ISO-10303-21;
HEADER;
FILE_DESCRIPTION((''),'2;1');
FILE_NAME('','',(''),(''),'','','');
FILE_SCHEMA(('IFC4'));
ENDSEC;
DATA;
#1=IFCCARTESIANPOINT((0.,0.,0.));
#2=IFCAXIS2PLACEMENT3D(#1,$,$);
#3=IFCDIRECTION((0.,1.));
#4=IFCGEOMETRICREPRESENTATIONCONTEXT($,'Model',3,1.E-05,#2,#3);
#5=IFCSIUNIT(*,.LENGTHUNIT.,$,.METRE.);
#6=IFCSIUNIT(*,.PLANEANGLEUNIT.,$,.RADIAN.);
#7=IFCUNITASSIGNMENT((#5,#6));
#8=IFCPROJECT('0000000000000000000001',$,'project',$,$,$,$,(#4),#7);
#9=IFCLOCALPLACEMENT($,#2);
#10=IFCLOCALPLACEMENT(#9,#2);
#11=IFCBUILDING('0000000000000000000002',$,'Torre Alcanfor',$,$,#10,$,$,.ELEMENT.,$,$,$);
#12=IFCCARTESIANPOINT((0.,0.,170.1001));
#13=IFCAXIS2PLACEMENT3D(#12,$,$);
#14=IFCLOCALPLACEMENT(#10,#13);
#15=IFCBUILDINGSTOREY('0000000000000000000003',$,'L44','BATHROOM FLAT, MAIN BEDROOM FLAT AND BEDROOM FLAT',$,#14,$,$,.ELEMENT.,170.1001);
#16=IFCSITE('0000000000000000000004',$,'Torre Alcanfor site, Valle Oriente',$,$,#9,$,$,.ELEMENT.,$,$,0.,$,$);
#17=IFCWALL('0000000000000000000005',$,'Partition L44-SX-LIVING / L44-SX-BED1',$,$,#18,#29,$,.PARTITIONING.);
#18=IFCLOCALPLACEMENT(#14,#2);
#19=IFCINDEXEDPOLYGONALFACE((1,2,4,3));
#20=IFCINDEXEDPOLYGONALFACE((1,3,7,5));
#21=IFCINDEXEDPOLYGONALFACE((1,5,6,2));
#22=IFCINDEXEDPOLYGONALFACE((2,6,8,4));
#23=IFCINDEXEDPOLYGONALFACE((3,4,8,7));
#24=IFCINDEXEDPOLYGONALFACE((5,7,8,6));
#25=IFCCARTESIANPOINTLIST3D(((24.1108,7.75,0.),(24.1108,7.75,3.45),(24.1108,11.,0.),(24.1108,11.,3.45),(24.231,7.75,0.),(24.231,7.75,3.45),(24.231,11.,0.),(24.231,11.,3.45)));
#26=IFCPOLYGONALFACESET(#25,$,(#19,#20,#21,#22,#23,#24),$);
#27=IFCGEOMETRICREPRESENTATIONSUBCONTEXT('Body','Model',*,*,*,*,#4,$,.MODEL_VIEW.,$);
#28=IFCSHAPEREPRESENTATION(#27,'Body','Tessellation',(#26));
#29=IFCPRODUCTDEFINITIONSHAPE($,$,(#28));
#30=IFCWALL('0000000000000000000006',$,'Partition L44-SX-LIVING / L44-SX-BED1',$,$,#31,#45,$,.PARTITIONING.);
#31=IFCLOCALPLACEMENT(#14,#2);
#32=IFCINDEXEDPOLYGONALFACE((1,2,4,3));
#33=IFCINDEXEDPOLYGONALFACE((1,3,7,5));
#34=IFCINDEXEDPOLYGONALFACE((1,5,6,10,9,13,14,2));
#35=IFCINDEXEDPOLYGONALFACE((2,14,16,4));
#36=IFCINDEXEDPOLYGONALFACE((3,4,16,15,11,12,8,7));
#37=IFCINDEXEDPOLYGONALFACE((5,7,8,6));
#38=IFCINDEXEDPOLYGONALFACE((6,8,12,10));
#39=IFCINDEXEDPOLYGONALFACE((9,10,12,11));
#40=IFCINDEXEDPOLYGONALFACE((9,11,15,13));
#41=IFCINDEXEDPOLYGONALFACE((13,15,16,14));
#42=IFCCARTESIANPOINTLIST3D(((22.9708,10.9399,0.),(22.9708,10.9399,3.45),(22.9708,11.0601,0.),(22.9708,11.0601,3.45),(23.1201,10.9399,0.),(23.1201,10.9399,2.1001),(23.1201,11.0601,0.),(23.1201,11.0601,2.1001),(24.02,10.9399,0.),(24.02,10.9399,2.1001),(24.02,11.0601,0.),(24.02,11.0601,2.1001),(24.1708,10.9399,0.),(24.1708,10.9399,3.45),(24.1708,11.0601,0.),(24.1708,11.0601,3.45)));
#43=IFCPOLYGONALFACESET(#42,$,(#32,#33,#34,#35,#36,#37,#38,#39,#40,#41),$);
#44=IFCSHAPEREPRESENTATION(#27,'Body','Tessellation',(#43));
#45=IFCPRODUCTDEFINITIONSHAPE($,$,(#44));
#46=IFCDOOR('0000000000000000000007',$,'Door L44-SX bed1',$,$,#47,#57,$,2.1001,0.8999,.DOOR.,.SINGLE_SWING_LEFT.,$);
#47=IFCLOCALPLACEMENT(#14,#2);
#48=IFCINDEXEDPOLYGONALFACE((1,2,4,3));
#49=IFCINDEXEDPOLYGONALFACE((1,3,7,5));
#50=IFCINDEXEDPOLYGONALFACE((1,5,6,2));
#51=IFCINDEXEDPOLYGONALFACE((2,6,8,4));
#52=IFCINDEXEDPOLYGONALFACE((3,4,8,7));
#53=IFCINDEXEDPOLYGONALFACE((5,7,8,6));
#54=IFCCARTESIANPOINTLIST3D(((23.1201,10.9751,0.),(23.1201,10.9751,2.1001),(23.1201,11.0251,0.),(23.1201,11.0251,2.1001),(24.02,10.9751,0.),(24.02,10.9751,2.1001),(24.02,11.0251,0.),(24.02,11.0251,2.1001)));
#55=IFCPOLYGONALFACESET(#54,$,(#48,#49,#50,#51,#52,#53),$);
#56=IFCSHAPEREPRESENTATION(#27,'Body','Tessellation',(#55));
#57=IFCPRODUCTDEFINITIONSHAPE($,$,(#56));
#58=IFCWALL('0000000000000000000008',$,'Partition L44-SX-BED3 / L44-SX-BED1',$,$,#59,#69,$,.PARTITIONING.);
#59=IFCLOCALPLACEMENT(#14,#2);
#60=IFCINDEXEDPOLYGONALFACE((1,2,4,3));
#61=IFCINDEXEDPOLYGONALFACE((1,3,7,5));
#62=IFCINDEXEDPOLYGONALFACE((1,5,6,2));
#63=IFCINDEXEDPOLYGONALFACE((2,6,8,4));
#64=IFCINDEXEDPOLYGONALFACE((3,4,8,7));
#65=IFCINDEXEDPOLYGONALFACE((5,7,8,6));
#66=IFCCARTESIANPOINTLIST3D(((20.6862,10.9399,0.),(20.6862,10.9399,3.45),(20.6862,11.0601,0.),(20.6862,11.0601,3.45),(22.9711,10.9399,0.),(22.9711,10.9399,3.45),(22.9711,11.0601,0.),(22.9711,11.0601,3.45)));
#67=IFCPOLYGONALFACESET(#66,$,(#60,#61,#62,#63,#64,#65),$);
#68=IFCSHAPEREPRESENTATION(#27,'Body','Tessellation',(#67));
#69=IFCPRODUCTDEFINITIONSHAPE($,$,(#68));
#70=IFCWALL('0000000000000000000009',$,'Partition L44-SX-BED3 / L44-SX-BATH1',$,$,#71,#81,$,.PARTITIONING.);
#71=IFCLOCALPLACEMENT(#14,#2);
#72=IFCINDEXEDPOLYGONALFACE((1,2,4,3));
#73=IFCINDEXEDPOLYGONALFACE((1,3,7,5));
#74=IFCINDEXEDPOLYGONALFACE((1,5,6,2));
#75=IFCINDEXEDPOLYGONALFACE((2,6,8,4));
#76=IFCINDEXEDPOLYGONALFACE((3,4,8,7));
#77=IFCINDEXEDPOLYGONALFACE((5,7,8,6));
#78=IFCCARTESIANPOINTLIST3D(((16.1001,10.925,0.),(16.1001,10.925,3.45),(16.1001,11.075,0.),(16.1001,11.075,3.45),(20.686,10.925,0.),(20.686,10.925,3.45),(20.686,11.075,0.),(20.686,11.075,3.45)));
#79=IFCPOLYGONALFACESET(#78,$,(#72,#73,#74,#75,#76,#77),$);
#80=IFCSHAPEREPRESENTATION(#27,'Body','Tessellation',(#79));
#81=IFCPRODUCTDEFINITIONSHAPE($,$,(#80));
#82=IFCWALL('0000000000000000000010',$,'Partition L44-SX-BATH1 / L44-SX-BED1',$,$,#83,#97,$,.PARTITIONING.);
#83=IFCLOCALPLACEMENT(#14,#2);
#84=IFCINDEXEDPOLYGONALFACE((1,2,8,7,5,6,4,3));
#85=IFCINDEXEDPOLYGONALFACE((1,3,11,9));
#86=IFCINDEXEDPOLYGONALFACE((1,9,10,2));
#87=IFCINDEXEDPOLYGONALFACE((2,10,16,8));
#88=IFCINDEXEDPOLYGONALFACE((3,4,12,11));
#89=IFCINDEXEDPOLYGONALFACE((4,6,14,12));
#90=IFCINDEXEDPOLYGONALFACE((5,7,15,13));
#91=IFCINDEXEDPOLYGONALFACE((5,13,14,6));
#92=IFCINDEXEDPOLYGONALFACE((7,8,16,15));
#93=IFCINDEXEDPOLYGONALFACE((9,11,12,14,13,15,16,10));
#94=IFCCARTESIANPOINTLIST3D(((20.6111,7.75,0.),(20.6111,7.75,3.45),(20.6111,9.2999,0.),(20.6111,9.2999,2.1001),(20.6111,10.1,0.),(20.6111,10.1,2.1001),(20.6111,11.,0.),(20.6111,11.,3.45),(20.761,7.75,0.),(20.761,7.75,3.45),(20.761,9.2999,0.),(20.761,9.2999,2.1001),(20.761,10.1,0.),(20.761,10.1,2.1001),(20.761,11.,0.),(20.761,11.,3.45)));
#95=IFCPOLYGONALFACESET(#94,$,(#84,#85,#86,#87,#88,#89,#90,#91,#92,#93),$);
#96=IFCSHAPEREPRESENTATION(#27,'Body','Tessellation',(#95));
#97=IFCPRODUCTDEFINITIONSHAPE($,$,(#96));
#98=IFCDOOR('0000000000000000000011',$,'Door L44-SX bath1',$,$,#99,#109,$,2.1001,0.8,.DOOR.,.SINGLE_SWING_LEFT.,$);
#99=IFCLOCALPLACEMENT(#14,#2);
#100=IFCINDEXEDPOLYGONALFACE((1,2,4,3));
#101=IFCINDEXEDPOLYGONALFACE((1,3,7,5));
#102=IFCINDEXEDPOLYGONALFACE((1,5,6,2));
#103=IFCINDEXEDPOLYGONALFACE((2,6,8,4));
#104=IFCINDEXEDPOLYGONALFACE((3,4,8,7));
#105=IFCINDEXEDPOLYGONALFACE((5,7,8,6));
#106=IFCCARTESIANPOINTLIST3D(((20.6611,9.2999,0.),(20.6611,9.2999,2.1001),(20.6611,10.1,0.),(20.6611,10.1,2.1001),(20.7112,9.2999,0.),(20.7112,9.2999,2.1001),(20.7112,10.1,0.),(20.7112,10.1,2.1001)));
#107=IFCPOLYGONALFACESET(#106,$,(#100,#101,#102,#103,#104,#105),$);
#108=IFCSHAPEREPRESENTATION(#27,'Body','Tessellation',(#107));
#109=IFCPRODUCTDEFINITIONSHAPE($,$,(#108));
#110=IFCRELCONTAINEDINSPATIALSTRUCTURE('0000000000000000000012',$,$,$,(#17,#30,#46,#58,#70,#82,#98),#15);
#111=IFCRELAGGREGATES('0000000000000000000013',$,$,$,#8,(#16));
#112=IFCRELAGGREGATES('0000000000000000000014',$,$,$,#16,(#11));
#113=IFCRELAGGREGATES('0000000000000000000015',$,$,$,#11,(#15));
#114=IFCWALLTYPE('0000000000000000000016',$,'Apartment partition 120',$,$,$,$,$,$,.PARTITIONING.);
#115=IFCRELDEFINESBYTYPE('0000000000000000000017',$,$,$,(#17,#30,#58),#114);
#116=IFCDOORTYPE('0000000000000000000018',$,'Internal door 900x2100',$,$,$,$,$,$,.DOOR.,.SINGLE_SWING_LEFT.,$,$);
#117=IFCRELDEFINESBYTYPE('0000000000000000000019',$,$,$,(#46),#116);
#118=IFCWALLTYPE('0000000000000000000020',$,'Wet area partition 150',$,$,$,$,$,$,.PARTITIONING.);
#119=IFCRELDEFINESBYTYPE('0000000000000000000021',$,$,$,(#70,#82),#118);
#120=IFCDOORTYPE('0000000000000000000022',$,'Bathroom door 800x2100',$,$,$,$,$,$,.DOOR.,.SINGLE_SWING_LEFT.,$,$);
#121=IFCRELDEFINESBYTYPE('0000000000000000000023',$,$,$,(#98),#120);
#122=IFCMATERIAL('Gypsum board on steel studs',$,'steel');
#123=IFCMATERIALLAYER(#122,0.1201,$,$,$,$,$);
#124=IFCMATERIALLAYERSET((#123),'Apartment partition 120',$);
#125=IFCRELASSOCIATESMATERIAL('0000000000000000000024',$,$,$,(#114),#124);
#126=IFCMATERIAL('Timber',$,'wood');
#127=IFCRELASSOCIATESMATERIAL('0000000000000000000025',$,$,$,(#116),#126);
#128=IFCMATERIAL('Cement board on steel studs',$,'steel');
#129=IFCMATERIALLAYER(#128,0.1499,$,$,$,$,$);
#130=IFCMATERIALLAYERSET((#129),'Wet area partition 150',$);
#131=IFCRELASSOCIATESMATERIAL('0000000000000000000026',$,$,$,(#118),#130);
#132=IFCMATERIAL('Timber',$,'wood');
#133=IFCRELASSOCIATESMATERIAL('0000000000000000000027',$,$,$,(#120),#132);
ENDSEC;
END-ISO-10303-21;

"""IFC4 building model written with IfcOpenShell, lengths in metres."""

from ifc_helpers import new_model, si_unit, direction, frame, frame_2d, origin, place, context, subcontext, project, spatial, rectangle, extrude, material, layer, layer_set, type_object, element, fill, save


model = new_model("IFC4")

# Units and contexts
model_context = context("Model", 3, precision=1e-05, world=origin(), true_north=direction((0.0, 1.0)))
body_context = subcontext(model_context, "Body", "Model", "MODEL_VIEW")
ifc_project = project(units=[si_unit("LENGTHUNIT", "METRE"), si_unit("PLANEANGLEUNIT", "RADIAN")], contexts=[model_context])

# Site, building, storey
site_placement = place(None, origin())
site = spatial("IfcSite", under=ifc_project, at=site_placement, Name="Torre Alcanfor site, Valle Oriente", CompositionType="ELEMENT", RefElevation=0.0)
building_placement = place(site_placement, origin())
building = spatial("IfcBuilding", under=site, at=building_placement, Name="Torre Alcanfor", CompositionType="ELEMENT")
storey_placement = place(building_placement, frame((0.0, 0.0, 170.1001)))
storey = spatial("IfcBuildingStorey", under=building, at=storey_placement, Name="L44", Description="BATHROOM FLAT, MAIN BEDROOM FLAT AND BEDROOM FLAT", CompositionType="ELEMENT", Elevation=170.1001)

# Shared definitions
ifc_material_1 = material(Name="Gypsum board on steel studs", Category="steel")
ifc_layer_1 = layer(ifc_material_1, 0.1201)
ifc_layer_set_1 = layer_set([ifc_layer_1], Name="Apartment partition 120")
wall_type_1 = type_object("IfcWallType", Name="Apartment partition 120", PredefinedType="PARTITIONING", material=ifc_layer_set_1)

# Shared definitions
ifc_material_2 = material(Name="Timber", Category="wood")
door_type_1 = type_object("IfcDoorType", Name="Internal door 900x2100", OperationType="SINGLE_SWING_LEFT", PredefinedType="DOOR", material=ifc_material_2)

# Wall
wall_1_placement = place(storey_placement, frame((24.1709, 7.75, 0.0), z_axis=(0.0, 0.0, 1.0), x_axis=(0.0, 1.0, 0.0)))
element("IfcWall", 1, at=wall_1_placement, inside=storey, type_object=wall_type_1, Name="Partition L44-SX-LIVING / L44-SX-BED1", PredefinedType="PARTITIONING", context=body_context, shape_type="SweptSolid", body=[
    extrude(rectangle(XDim=3.25, YDim=0.1201, at=frame_2d((1.625, 0.0))), origin(), (0.0, 0.0, 1.0), 3.45),
])

# Wall, opening, door
wall_2_placement = place(storey_placement, frame((24.1709, 11.0, 0.0), z_axis=(0.0, 0.0, 1.0), x_axis=(-1.0, 0.0, 0.0)))
wall_2 = element("IfcWall", 2, at=wall_2_placement, inside=storey, type_object=wall_type_1, Name="Partition L44-SX-LIVING / L44-SX-BED1", PredefinedType="PARTITIONING", context=body_context, shape_type="SweptSolid", body=[
    extrude(rectangle(XDim=1.2, YDim=0.1201, at=frame_2d((0.6001, 0.0))), origin(), (0.0, 0.0, 1.0), 3.45),
])
opening_1_placement = place(wall_2_placement, frame((0.1509, 0.0, 0.0)))
opening_1 = element("IfcOpeningElement", 3, at=opening_1_placement, cuts=wall_2, PredefinedType="OPENING", context=body_context, shape_type="SweptSolid", body=[
    extrude(rectangle(XDim=0.8999, YDim=2.1001, at=frame_2d((0.45, 1.05))), frame((0.0, 0.0701, 0.0), z_axis=(0.0, -1.0, 0.0), x_axis=(1.0, 0.0, 0.0)), (0.0, 0.0, 1.0), 0.1401),
])
door_1_placement = place(opening_1_placement, origin())
door_1 = element("IfcDoor", 4, at=door_1_placement, inside=storey, type_object=door_type_1, Name="Door L44-SX bed1", OperationType="SINGLE_SWING_LEFT", OverallHeight=2.1001, OverallWidth=0.8999, PredefinedType="DOOR", context=body_context, shape_type="SweptSolid", body=[
    extrude(rectangle(XDim=0.8999, YDim=2.1001, at=frame_2d((0.45, 1.05))), frame((0.0, 0.0249, 0.0), z_axis=(0.0, -1.0, 0.0), x_axis=(1.0, 0.0, 0.0)), (0.0, 0.0, 1.0), 0.05),
])
fill(opening_1, door_1)

# Walls
wall_3_placement = place(storey_placement, frame((20.686, 11.0, 0.0), z_axis=(0.0, 0.0, 1.0), x_axis=(1.0, 0.0, 0.0)))
element("IfcWall", 5, at=wall_3_placement, inside=storey, type_object=wall_type_1, Name="Partition L44-SX-BED3 / L44-SX-BED1", PredefinedType="PARTITIONING", context=body_context, shape_type="SweptSolid", body=[
    extrude(rectangle(XDim=2.2849, YDim=0.1201, at=frame_2d((1.1426, 0.0))), origin(), (0.0, 0.0, 1.0), 3.45),
])
ifc_material_3 = material(Name="Cement board on steel studs", Category="steel")
ifc_layer_2 = layer(ifc_material_3, 0.1499)
ifc_layer_set_2 = layer_set([ifc_layer_2], Name="Wet area partition 150")
wall_type_2 = type_object("IfcWallType", Name="Wet area partition 150", PredefinedType="PARTITIONING", material=ifc_layer_set_2)
wall_4_placement = place(storey_placement, frame((16.1001, 11.0, 0.0), z_axis=(0.0, 0.0, 1.0), x_axis=(1.0, 0.0, 0.0)))
element("IfcWall", 6, at=wall_4_placement, inside=storey, type_object=wall_type_2, Name="Partition L44-SX-BED3 / L44-SX-BATH1", PredefinedType="PARTITIONING", context=body_context, shape_type="SweptSolid", body=[
    extrude(rectangle(XDim=4.5859, YDim=0.1499, at=frame_2d((2.293, 0.0))), origin(), (0.0, 0.0, 1.0), 3.45),
])

# Wall, opening, door
wall_5_placement = place(storey_placement, frame((20.686, 7.75, 0.0), z_axis=(0.0, 0.0, 1.0), x_axis=(0.0, 1.0, 0.0)))
wall_5 = element("IfcWall", 7, at=wall_5_placement, inside=storey, type_object=wall_type_2, Name="Partition L44-SX-BATH1 / L44-SX-BED1", PredefinedType="PARTITIONING", context=body_context, shape_type="SweptSolid", body=[
    extrude(rectangle(XDim=3.25, YDim=0.1499, at=frame_2d((1.625, 0.0))), origin(), (0.0, 0.0, 1.0), 3.45),
])
opening_2_placement = place(wall_5_placement, frame((1.55, 0.0, 0.0)))
opening_2 = element("IfcOpeningElement", 8, at=opening_2_placement, cuts=wall_5, PredefinedType="OPENING", context=body_context, shape_type="SweptSolid", body=[
    extrude(rectangle(XDim=0.8, YDim=2.1001, at=frame_2d((0.3999, 1.05))), frame((0.0, 0.085, 0.0), z_axis=(0.0, -1.0, 0.0), x_axis=(1.0, 0.0, 0.0)), (0.0, 0.0, 1.0), 0.1699),
])
ifc_material_4 = material(Name="Timber", Category="wood")
door_type_2 = type_object("IfcDoorType", Name="Bathroom door 800x2100", OperationType="SINGLE_SWING_LEFT", PredefinedType="DOOR", material=ifc_material_4)
door_2_placement = place(opening_2_placement, frame((0.8, 0.0, 0.0), z_axis=(0.0, 0.0, 1.0), x_axis=(-1.0, 0.0, 0.0)))
door_2 = element("IfcDoor", 9, at=door_2_placement, inside=storey, type_object=door_type_2, Name="Door L44-SX bath1", OperationType="SINGLE_SWING_LEFT", OverallHeight=2.1001, OverallWidth=0.8, PredefinedType="DOOR", context=body_context, shape_type="SweptSolid", body=[
    extrude(rectangle(XDim=0.8, YDim=2.1001, at=frame_2d((0.4001, 1.05))), frame((0.0, 0.0251, 0.0), z_axis=(0.0, -1.0, 0.0), x_axis=(1.0, 0.0, 0.0)), (0.0, 0.0, 1.0), 0.05),
])
fill(opening_2, door_2)

save(model, "model.ifc")
